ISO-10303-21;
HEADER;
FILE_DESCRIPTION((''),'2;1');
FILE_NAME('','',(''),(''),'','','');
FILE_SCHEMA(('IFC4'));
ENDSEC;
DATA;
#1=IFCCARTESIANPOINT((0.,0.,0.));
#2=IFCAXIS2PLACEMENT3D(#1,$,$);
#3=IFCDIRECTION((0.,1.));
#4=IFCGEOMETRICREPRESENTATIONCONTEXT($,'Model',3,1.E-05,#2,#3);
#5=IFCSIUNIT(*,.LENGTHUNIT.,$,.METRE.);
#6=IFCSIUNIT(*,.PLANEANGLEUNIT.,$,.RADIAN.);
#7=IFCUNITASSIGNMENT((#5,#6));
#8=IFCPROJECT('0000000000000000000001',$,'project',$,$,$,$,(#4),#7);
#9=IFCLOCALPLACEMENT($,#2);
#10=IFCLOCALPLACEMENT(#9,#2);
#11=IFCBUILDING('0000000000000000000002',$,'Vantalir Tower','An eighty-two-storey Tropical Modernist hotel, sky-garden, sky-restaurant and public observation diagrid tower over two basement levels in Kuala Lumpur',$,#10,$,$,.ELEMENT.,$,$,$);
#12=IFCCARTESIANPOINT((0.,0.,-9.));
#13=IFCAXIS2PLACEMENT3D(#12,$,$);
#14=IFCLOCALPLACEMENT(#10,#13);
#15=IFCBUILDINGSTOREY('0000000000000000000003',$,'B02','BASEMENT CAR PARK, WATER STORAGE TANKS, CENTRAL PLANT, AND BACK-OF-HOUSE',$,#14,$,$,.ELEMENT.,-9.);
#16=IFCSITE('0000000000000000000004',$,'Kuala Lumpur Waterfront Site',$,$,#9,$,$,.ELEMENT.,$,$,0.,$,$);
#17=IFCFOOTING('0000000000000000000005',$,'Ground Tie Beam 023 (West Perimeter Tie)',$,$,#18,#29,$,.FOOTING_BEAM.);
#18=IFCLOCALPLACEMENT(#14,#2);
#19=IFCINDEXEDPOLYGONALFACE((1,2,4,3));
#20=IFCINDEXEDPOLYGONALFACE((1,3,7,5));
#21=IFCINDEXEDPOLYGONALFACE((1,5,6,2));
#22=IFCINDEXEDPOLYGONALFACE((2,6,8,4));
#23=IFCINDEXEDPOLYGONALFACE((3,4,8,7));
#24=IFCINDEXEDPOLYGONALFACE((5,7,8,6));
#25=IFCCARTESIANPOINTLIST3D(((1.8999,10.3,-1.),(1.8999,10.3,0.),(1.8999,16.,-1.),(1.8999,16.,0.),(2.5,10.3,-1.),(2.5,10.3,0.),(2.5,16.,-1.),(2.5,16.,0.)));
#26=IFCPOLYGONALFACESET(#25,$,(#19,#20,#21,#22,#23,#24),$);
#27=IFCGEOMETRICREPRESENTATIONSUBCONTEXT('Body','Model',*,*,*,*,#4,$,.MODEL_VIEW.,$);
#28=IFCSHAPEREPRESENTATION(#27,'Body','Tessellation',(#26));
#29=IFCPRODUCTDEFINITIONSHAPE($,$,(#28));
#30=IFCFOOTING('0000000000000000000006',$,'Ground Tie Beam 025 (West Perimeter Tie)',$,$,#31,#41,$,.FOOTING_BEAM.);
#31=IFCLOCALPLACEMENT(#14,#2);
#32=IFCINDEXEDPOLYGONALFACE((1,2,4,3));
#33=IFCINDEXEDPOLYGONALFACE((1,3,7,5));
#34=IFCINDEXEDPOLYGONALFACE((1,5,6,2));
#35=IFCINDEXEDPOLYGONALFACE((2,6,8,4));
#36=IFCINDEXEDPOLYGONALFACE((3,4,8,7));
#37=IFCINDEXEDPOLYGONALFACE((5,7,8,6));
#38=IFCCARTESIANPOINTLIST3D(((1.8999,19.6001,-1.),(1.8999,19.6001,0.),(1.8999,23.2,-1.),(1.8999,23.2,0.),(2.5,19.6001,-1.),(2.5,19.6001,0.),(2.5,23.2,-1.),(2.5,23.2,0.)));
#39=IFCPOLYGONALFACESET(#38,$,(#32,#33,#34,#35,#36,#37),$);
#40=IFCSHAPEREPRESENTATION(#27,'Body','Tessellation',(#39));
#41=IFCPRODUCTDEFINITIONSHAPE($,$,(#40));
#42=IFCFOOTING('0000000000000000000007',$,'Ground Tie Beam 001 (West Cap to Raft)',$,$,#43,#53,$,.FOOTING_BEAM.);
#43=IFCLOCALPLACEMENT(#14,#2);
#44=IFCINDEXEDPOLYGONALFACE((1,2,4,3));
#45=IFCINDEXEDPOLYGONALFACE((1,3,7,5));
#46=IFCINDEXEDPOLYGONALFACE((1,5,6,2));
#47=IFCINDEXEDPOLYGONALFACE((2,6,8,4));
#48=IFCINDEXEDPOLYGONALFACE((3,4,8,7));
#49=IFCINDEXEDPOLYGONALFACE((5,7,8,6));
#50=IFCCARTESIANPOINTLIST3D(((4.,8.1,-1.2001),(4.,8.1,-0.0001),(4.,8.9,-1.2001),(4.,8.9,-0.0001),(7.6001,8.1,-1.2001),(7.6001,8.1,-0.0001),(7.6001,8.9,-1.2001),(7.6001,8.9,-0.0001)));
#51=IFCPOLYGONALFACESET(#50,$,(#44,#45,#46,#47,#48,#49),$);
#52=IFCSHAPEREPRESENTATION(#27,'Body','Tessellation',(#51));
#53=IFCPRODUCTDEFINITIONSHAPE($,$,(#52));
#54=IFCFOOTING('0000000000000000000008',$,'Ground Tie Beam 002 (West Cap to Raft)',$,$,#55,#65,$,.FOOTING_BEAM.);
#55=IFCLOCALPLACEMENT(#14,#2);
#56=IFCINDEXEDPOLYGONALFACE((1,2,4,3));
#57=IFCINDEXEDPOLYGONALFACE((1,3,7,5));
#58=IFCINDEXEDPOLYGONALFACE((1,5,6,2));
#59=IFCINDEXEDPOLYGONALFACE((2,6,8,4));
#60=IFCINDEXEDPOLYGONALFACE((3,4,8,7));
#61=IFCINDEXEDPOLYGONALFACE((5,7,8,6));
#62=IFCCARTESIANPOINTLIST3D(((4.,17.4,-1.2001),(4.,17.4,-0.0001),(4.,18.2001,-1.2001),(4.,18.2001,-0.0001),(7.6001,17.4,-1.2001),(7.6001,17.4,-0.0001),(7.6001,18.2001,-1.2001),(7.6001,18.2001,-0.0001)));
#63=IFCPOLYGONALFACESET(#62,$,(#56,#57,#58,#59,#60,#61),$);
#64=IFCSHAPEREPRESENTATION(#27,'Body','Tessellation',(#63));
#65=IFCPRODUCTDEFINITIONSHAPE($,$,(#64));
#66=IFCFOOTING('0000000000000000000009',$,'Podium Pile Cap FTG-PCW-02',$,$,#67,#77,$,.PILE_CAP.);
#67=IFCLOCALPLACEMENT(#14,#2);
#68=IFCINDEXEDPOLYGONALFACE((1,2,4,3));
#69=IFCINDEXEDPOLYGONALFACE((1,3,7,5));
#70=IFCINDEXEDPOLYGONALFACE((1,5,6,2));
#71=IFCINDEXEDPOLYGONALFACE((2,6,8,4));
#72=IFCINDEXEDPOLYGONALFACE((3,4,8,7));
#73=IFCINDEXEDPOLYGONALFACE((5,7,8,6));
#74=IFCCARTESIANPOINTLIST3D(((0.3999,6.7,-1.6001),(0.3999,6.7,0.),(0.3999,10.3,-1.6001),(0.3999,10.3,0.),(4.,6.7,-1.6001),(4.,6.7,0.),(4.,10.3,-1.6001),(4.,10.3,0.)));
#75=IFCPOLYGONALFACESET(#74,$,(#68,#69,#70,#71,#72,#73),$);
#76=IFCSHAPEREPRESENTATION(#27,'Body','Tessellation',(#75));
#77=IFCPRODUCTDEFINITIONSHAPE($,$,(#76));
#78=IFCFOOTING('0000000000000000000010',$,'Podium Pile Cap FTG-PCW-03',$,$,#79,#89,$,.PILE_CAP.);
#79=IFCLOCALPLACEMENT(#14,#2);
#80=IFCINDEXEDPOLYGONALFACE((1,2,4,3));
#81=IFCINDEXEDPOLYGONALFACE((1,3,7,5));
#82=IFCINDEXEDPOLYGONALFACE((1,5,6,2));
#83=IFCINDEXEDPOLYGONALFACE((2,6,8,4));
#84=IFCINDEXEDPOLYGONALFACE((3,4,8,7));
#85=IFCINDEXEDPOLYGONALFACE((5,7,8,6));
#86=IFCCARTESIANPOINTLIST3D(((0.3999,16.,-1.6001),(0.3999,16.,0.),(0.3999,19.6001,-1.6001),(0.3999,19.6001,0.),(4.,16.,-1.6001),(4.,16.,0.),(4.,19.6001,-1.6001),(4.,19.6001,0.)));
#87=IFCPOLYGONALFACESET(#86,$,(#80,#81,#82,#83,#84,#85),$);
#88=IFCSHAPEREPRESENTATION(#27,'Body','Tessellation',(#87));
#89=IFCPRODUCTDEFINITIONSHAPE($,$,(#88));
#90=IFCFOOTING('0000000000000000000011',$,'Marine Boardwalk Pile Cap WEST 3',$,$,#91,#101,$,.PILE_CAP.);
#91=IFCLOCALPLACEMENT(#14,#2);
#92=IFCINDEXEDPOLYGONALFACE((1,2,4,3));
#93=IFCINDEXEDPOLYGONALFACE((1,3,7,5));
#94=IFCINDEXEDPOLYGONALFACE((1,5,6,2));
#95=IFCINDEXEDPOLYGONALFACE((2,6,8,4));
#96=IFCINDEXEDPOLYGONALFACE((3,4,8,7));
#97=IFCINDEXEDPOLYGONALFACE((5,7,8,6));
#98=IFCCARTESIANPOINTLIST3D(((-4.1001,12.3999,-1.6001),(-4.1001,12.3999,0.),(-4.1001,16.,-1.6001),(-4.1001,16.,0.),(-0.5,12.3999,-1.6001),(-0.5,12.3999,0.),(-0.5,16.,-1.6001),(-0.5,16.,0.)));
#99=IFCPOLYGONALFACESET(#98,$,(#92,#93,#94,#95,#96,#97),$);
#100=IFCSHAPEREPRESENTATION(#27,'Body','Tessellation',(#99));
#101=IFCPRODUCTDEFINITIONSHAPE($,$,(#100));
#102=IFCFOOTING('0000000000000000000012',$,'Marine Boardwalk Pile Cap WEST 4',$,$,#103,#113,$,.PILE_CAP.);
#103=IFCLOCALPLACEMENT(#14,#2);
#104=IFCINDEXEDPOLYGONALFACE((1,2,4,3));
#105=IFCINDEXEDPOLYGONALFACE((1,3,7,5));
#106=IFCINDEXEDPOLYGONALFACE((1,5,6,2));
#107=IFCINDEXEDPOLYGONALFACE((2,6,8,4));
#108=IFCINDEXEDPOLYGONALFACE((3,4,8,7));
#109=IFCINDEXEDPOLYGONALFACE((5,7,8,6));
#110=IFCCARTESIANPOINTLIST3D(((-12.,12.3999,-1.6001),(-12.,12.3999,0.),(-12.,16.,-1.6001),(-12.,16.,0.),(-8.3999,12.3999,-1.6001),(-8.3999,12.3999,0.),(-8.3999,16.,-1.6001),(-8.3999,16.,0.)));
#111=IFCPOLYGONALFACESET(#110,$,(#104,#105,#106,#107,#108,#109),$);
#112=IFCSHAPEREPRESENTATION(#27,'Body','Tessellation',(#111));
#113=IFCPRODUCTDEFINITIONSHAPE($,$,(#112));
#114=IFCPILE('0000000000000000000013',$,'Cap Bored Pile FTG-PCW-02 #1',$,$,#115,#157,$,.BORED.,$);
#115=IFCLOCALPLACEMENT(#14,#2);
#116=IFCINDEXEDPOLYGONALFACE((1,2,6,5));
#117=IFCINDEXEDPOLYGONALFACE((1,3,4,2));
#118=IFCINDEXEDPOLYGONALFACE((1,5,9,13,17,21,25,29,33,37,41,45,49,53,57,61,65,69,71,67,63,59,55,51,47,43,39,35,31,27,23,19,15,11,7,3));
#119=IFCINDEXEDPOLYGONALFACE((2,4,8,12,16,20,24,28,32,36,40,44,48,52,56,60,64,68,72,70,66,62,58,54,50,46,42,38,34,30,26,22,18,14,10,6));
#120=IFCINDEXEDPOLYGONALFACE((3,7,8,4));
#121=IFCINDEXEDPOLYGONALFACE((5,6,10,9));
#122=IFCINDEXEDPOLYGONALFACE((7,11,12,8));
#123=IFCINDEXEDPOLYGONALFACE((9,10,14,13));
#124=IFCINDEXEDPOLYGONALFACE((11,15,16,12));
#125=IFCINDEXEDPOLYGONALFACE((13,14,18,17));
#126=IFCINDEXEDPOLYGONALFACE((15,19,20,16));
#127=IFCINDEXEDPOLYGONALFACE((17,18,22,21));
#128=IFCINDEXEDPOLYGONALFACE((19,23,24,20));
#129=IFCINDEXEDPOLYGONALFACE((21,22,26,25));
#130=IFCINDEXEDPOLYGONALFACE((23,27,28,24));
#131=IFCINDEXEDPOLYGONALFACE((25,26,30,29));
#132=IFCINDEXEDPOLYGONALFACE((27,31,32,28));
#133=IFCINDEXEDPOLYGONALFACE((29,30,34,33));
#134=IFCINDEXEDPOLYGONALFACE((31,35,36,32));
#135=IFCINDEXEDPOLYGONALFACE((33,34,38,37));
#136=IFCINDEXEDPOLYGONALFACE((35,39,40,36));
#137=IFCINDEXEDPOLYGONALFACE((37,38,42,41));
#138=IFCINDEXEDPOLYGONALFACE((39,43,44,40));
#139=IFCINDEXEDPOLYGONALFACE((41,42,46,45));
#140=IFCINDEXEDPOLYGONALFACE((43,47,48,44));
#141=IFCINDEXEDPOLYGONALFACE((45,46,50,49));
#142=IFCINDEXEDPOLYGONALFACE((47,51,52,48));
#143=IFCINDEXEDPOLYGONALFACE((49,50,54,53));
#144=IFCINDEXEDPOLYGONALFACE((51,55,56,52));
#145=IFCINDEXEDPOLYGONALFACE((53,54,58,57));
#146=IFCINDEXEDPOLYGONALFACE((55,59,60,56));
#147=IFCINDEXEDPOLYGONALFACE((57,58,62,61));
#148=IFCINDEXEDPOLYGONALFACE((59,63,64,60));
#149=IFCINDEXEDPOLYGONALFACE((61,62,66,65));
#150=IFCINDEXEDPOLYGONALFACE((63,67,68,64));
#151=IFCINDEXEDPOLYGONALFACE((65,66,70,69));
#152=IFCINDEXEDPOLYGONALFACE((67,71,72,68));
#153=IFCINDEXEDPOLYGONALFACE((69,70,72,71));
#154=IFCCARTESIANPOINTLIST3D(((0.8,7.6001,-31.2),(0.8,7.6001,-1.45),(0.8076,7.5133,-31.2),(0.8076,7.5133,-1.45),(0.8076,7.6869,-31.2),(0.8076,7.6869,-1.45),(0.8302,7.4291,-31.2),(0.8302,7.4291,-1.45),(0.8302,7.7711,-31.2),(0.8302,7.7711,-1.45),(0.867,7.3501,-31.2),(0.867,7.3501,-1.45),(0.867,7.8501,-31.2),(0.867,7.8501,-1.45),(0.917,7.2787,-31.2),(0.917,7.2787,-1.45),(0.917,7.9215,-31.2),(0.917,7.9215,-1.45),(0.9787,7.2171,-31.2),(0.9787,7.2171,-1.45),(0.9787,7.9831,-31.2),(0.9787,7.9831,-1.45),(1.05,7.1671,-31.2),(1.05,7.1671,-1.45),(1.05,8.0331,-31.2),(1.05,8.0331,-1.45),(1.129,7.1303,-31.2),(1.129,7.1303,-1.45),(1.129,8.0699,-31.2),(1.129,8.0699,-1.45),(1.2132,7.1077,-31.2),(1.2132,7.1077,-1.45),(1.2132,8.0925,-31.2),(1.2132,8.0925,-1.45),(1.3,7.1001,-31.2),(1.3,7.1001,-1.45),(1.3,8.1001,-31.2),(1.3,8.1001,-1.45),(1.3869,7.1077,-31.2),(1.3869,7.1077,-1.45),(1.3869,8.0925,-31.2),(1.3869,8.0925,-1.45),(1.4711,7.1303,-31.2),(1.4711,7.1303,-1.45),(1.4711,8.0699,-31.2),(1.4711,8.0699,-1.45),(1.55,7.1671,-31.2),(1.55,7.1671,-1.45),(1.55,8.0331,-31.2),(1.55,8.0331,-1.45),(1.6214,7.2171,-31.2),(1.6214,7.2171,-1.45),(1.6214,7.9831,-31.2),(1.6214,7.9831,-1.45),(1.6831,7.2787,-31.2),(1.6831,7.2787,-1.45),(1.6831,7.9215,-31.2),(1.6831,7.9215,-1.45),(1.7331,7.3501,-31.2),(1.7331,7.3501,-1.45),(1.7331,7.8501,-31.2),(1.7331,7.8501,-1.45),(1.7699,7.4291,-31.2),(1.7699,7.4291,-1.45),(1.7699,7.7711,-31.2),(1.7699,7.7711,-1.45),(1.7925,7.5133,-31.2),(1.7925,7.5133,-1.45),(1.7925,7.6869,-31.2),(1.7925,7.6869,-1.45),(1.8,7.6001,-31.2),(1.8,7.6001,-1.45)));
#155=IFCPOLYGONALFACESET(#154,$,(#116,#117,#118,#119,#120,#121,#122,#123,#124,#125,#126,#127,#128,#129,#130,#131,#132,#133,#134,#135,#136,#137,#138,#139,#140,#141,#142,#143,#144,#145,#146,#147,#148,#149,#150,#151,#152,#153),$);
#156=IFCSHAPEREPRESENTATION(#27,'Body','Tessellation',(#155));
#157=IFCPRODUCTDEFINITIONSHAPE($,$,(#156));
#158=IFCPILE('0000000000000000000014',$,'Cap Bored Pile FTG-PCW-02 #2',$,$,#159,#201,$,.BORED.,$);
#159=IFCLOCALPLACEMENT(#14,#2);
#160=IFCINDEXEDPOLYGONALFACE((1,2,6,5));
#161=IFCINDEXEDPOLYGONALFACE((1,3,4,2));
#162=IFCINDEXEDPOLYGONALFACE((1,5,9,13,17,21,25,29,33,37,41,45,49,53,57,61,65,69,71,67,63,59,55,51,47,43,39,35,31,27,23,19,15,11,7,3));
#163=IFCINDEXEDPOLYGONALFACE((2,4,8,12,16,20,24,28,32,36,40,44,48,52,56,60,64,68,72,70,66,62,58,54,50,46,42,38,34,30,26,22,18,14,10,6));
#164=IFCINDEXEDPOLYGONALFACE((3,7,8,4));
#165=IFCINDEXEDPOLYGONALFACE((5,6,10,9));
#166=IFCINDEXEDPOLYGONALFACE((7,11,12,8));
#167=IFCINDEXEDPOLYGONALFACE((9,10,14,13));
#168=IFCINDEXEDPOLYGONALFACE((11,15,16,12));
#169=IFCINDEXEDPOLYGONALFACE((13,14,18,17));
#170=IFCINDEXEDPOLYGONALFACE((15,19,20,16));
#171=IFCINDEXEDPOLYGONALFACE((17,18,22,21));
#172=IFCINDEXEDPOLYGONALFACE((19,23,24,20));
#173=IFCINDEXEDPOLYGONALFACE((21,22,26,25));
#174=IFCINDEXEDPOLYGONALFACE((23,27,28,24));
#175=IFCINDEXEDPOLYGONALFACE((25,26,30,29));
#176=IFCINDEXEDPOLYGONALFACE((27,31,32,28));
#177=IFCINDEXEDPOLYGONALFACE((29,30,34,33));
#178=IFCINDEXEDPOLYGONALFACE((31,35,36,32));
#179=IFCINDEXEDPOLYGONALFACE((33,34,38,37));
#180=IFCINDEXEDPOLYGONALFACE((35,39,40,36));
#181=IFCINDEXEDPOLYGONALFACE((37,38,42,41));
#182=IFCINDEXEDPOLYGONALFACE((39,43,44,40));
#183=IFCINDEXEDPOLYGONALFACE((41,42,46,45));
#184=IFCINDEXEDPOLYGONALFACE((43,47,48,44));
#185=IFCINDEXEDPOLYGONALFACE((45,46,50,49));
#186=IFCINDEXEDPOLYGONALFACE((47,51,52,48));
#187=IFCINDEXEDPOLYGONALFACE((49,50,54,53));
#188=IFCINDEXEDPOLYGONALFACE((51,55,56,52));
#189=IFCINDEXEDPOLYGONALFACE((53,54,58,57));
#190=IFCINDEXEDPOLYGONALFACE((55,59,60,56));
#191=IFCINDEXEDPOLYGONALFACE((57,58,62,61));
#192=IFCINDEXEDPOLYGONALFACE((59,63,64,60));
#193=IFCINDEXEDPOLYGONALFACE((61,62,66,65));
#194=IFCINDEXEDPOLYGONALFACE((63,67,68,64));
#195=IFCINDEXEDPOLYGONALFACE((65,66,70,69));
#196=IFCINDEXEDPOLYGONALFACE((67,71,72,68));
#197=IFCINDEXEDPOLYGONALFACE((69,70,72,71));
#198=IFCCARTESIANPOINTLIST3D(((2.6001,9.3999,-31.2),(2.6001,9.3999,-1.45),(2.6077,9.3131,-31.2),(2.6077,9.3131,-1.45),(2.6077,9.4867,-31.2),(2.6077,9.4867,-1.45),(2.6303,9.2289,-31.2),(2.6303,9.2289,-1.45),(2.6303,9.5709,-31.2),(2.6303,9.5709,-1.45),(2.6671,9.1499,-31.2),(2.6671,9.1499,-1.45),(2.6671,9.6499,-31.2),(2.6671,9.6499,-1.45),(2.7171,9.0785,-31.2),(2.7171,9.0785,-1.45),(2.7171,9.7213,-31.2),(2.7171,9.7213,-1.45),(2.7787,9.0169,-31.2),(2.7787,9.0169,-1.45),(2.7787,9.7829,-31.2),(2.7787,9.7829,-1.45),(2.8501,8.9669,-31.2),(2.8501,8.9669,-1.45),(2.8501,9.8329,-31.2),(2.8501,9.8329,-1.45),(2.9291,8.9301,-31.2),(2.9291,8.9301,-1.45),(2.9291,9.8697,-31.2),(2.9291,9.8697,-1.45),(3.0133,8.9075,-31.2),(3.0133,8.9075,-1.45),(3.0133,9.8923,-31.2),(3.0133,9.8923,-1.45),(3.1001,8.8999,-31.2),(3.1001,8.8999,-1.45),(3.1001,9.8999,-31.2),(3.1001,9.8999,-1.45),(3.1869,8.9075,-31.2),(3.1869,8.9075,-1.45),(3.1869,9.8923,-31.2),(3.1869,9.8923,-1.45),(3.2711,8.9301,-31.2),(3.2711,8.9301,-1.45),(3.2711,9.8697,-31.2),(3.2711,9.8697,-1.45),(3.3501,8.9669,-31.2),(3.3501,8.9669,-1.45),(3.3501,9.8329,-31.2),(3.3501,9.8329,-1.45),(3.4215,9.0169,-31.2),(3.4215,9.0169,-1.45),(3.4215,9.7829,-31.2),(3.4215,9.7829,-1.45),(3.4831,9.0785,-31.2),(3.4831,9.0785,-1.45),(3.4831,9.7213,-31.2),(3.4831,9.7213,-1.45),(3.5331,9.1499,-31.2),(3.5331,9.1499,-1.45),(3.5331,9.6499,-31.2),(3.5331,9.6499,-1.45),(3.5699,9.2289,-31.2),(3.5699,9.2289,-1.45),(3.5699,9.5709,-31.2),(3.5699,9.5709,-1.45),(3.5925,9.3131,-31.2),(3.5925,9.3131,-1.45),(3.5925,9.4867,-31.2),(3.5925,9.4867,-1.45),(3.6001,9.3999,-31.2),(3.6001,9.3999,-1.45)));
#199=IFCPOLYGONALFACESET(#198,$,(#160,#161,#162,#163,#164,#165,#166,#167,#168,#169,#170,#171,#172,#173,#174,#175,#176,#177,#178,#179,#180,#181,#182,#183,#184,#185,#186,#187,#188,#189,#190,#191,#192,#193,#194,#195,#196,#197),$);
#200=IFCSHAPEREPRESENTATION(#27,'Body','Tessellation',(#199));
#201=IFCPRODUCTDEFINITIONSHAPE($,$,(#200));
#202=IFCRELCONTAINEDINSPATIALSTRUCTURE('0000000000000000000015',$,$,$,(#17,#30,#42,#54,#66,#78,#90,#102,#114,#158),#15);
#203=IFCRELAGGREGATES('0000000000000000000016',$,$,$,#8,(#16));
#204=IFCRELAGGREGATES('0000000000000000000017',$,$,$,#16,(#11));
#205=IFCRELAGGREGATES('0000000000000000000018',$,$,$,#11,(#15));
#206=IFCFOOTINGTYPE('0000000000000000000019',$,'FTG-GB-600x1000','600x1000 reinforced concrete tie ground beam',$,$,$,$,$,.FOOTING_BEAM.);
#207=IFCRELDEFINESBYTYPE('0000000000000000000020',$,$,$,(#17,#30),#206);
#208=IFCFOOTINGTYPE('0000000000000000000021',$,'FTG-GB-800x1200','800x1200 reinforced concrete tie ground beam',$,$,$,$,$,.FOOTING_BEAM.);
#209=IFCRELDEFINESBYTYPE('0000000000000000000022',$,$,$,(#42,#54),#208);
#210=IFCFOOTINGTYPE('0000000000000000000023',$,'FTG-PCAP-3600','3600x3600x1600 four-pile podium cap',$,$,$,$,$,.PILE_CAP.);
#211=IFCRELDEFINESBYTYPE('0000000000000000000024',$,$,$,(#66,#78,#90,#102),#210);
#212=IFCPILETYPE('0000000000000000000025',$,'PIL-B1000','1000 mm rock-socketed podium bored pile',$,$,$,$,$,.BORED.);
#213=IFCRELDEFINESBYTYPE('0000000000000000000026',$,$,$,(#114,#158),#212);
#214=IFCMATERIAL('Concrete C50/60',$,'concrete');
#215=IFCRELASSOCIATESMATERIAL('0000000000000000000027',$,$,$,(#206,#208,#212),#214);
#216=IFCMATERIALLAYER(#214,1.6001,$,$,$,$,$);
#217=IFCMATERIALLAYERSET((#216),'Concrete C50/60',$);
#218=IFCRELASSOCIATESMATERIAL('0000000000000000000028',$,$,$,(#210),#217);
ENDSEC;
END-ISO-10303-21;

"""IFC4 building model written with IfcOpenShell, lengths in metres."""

from ifc_helpers import new_model, si_unit, direction, frame, origin, origin_2d, place, context, subcontext, project, spatial, rectangle, circle, extrude, material, layer, layer_set, material_profile, profile_set, type_object, element, save


model = new_model("IFC4")

# Units and contexts
model_context = context("Model", 3, precision=1e-05, world=origin(), true_north=direction((0.0, 1.0)))
body_context = subcontext(model_context, "Body", "Model", "MODEL_VIEW")
ifc_project = project(units=[si_unit("LENGTHUNIT", "METRE"), si_unit("PLANEANGLEUNIT", "RADIAN")], contexts=[model_context])

# Site, building, storey
site_placement = place(None, origin())
site = spatial("IfcSite", under=ifc_project, at=site_placement, Name="Kuala Lumpur Waterfront Site", CompositionType="ELEMENT", RefElevation=0.0)
building_placement = place(site_placement, origin())
building = spatial("IfcBuilding", under=site, at=building_placement, Name="Vantalir Tower", Description="An eighty-two-storey Tropical Modernist hotel, sky-garden, sky-restaurant and public observation diagrid tower over two basement levels in Kuala Lumpur", CompositionType="ELEMENT")
storey_placement = place(building_placement, frame((0.0, 0.0, -9.0)))
storey = spatial("IfcBuildingStorey", under=building, at=storey_placement, Name="B02", Description="BASEMENT CAR PARK, WATER STORAGE TANKS, CENTRAL PLANT, AND BACK-OF-HOUSE", CompositionType="ELEMENT", Elevation=-9.0)

# Footings
ifc_material_1 = material(Name="Concrete C50/60", Category="concrete")
ifc_material_profile_1 = material_profile(ifc_material_1, rectangle(XDim=0.6001, YDim=1.0, at=origin_2d()), Name="Concrete C50/60")
ifc_profile_set_1 = profile_set([ifc_material_profile_1], Name="Concrete C50/60")
footing_type_1 = type_object("IfcFootingType", Name="FTG-GB-600x1000", Description="600x1000 reinforced concrete tie ground beam", PredefinedType="FOOTING_BEAM", material=ifc_profile_set_1)
footing_1_placement = place(storey_placement, frame((2.2, 10.3, -0.5), z_axis=(0.0, 1.0, 0.0), x_axis=(-1.0, 0.0, 0.0)))
element("IfcFooting", 1, at=footing_1_placement, inside=storey, type_object=footing_type_1, Name="Ground Tie Beam 023 (West Perimeter Tie)", PredefinedType="FOOTING_BEAM", context=body_context, shape_type="SweptSolid", body=[
    extrude(rectangle(XDim=0.6001, YDim=1.0, at=origin_2d()), origin(), (0.0, 0.0, 1.0), 5.7),
])
footing_2_placement = place(storey_placement, frame((2.2, 19.6001, -0.5), z_axis=(0.0, 1.0, 0.0), x_axis=(-1.0, 0.0, 0.0)))
element("IfcFooting", 2, at=footing_2_placement, inside=storey, type_object=footing_type_1, Name="Ground Tie Beam 025 (West Perimeter Tie)", PredefinedType="FOOTING_BEAM", context=body_context, shape_type="SweptSolid", body=[
    extrude(rectangle(XDim=0.6001, YDim=1.0, at=origin_2d()), origin(), (0.0, 0.0, 1.0), 3.5999),
])
ifc_material_profile_2 = material_profile(ifc_material_1, rectangle(XDim=0.8, YDim=1.2, at=origin_2d()), Name="Concrete C50/60")
ifc_profile_set_2 = profile_set([ifc_material_profile_2], Name="Concrete C50/60")
footing_type_2 = type_object("IfcFootingType", Name="FTG-GB-800x1200", Description="800x1200 reinforced concrete tie ground beam", PredefinedType="FOOTING_BEAM", material=ifc_profile_set_2)
for number, where, z_axis, x_axis, name in (
    (3, (4.0, 8.5, -0.6001), (1.0, 0.0, 0.0), (0.0, 1.0, 0.0), "Ground Tie Beam 001 (West Cap to Raft)"),
    (4, (4.0, 17.8, -0.6001), (1.0, 0.0, 0.0), (0.0, 1.0, 0.0), "Ground Tie Beam 002 (West Cap to Raft)"),
):
    element("IfcFooting", number, at=place(storey_placement, frame(where, z_axis=z_axis, x_axis=x_axis)), inside=storey, type_object=footing_type_2, Name=name, PredefinedType="FOOTING_BEAM", context=body_context, shape_type="SweptSolid", body=[
        extrude(rectangle(XDim=0.8, YDim=1.2, at=origin_2d()), origin(), (0.0, 0.0, 1.0), 3.6001),
    ])
ifc_layer_1 = layer(ifc_material_1, 1.6001)
ifc_layer_set_1 = layer_set([ifc_layer_1], Name="Concrete C50/60")
footing_type_3 = type_object("IfcFootingType", Name="FTG-PCAP-3600", Description="3600x3600x1600 four-pile podium cap", PredefinedType="PILE_CAP", material=ifc_layer_set_1)
for number, where, z_axis, x_axis, name in (
    (5, (2.2, 8.5, -1.6001), (0.0, 0.0, 1.0), (1.0, 0.0, 0.0), "Podium Pile Cap FTG-PCW-02"),
    (6, (2.2, 17.8, -1.6001), (0.0, 0.0, 1.0), (1.0, 0.0, 0.0), "Podium Pile Cap FTG-PCW-03"),
    (7, (-2.3, 14.2, -1.6001), (0.0, 0.0, 1.0), (1.0, 0.0, 0.0), "Marine Boardwalk Pile Cap WEST 3"),
    (8, (-10.2, 14.2, -1.6001), (0.0, 0.0, 1.0), (1.0, 0.0, 0.0), "Marine Boardwalk Pile Cap WEST 4"),
):
    element("IfcFooting", number, at=place(storey_placement, frame(where, z_axis=z_axis, x_axis=x_axis)), inside=storey, type_object=footing_type_3, Name=name, PredefinedType="PILE_CAP", context=body_context, shape_type="SweptSolid", body=[
        extrude(rectangle(XDim=3.6001, YDim=3.6001, at=origin_2d()), origin(), (0.0, 0.0, 1.0), 1.6001),
    ])

# Piles
ifc_material_profile_3 = material_profile(ifc_material_1, circle(Radius=0.5, at=origin_2d()), Name="Concrete C50/60")
ifc_profile_set_3 = profile_set([ifc_material_profile_3], Name="Concrete C50/60")
pile_type = type_object("IfcPileType", Name="PIL-B1000", Description="1000 mm rock-socketed podium bored pile", PredefinedType="BORED", material=ifc_profile_set_3)
for number, where, z_axis, x_axis, name in (
    (9, (1.3, 7.6001, -1.45), (0.0, 0.0, -1.0), (1.0, 0.0, 0.0), "Cap Bored Pile FTG-PCW-02 #1"),
    (10, (3.1001, 9.3999, -1.45), (0.0, 0.0, -1.0), (1.0, 0.0, 0.0), "Cap Bored Pile FTG-PCW-02 #2"),
):
    element("IfcPile", number, at=place(storey_placement, frame(where, z_axis=z_axis, x_axis=x_axis)), inside=storey, type_object=pile_type, Name=name, PredefinedType="BORED", context=body_context, shape_type="SweptSolid", body=[
        extrude(circle(Radius=0.5, at=origin_2d()), origin(), (0.0, 0.0, 1.0), 29.75),
    ])

save(model, "model.ifc")
